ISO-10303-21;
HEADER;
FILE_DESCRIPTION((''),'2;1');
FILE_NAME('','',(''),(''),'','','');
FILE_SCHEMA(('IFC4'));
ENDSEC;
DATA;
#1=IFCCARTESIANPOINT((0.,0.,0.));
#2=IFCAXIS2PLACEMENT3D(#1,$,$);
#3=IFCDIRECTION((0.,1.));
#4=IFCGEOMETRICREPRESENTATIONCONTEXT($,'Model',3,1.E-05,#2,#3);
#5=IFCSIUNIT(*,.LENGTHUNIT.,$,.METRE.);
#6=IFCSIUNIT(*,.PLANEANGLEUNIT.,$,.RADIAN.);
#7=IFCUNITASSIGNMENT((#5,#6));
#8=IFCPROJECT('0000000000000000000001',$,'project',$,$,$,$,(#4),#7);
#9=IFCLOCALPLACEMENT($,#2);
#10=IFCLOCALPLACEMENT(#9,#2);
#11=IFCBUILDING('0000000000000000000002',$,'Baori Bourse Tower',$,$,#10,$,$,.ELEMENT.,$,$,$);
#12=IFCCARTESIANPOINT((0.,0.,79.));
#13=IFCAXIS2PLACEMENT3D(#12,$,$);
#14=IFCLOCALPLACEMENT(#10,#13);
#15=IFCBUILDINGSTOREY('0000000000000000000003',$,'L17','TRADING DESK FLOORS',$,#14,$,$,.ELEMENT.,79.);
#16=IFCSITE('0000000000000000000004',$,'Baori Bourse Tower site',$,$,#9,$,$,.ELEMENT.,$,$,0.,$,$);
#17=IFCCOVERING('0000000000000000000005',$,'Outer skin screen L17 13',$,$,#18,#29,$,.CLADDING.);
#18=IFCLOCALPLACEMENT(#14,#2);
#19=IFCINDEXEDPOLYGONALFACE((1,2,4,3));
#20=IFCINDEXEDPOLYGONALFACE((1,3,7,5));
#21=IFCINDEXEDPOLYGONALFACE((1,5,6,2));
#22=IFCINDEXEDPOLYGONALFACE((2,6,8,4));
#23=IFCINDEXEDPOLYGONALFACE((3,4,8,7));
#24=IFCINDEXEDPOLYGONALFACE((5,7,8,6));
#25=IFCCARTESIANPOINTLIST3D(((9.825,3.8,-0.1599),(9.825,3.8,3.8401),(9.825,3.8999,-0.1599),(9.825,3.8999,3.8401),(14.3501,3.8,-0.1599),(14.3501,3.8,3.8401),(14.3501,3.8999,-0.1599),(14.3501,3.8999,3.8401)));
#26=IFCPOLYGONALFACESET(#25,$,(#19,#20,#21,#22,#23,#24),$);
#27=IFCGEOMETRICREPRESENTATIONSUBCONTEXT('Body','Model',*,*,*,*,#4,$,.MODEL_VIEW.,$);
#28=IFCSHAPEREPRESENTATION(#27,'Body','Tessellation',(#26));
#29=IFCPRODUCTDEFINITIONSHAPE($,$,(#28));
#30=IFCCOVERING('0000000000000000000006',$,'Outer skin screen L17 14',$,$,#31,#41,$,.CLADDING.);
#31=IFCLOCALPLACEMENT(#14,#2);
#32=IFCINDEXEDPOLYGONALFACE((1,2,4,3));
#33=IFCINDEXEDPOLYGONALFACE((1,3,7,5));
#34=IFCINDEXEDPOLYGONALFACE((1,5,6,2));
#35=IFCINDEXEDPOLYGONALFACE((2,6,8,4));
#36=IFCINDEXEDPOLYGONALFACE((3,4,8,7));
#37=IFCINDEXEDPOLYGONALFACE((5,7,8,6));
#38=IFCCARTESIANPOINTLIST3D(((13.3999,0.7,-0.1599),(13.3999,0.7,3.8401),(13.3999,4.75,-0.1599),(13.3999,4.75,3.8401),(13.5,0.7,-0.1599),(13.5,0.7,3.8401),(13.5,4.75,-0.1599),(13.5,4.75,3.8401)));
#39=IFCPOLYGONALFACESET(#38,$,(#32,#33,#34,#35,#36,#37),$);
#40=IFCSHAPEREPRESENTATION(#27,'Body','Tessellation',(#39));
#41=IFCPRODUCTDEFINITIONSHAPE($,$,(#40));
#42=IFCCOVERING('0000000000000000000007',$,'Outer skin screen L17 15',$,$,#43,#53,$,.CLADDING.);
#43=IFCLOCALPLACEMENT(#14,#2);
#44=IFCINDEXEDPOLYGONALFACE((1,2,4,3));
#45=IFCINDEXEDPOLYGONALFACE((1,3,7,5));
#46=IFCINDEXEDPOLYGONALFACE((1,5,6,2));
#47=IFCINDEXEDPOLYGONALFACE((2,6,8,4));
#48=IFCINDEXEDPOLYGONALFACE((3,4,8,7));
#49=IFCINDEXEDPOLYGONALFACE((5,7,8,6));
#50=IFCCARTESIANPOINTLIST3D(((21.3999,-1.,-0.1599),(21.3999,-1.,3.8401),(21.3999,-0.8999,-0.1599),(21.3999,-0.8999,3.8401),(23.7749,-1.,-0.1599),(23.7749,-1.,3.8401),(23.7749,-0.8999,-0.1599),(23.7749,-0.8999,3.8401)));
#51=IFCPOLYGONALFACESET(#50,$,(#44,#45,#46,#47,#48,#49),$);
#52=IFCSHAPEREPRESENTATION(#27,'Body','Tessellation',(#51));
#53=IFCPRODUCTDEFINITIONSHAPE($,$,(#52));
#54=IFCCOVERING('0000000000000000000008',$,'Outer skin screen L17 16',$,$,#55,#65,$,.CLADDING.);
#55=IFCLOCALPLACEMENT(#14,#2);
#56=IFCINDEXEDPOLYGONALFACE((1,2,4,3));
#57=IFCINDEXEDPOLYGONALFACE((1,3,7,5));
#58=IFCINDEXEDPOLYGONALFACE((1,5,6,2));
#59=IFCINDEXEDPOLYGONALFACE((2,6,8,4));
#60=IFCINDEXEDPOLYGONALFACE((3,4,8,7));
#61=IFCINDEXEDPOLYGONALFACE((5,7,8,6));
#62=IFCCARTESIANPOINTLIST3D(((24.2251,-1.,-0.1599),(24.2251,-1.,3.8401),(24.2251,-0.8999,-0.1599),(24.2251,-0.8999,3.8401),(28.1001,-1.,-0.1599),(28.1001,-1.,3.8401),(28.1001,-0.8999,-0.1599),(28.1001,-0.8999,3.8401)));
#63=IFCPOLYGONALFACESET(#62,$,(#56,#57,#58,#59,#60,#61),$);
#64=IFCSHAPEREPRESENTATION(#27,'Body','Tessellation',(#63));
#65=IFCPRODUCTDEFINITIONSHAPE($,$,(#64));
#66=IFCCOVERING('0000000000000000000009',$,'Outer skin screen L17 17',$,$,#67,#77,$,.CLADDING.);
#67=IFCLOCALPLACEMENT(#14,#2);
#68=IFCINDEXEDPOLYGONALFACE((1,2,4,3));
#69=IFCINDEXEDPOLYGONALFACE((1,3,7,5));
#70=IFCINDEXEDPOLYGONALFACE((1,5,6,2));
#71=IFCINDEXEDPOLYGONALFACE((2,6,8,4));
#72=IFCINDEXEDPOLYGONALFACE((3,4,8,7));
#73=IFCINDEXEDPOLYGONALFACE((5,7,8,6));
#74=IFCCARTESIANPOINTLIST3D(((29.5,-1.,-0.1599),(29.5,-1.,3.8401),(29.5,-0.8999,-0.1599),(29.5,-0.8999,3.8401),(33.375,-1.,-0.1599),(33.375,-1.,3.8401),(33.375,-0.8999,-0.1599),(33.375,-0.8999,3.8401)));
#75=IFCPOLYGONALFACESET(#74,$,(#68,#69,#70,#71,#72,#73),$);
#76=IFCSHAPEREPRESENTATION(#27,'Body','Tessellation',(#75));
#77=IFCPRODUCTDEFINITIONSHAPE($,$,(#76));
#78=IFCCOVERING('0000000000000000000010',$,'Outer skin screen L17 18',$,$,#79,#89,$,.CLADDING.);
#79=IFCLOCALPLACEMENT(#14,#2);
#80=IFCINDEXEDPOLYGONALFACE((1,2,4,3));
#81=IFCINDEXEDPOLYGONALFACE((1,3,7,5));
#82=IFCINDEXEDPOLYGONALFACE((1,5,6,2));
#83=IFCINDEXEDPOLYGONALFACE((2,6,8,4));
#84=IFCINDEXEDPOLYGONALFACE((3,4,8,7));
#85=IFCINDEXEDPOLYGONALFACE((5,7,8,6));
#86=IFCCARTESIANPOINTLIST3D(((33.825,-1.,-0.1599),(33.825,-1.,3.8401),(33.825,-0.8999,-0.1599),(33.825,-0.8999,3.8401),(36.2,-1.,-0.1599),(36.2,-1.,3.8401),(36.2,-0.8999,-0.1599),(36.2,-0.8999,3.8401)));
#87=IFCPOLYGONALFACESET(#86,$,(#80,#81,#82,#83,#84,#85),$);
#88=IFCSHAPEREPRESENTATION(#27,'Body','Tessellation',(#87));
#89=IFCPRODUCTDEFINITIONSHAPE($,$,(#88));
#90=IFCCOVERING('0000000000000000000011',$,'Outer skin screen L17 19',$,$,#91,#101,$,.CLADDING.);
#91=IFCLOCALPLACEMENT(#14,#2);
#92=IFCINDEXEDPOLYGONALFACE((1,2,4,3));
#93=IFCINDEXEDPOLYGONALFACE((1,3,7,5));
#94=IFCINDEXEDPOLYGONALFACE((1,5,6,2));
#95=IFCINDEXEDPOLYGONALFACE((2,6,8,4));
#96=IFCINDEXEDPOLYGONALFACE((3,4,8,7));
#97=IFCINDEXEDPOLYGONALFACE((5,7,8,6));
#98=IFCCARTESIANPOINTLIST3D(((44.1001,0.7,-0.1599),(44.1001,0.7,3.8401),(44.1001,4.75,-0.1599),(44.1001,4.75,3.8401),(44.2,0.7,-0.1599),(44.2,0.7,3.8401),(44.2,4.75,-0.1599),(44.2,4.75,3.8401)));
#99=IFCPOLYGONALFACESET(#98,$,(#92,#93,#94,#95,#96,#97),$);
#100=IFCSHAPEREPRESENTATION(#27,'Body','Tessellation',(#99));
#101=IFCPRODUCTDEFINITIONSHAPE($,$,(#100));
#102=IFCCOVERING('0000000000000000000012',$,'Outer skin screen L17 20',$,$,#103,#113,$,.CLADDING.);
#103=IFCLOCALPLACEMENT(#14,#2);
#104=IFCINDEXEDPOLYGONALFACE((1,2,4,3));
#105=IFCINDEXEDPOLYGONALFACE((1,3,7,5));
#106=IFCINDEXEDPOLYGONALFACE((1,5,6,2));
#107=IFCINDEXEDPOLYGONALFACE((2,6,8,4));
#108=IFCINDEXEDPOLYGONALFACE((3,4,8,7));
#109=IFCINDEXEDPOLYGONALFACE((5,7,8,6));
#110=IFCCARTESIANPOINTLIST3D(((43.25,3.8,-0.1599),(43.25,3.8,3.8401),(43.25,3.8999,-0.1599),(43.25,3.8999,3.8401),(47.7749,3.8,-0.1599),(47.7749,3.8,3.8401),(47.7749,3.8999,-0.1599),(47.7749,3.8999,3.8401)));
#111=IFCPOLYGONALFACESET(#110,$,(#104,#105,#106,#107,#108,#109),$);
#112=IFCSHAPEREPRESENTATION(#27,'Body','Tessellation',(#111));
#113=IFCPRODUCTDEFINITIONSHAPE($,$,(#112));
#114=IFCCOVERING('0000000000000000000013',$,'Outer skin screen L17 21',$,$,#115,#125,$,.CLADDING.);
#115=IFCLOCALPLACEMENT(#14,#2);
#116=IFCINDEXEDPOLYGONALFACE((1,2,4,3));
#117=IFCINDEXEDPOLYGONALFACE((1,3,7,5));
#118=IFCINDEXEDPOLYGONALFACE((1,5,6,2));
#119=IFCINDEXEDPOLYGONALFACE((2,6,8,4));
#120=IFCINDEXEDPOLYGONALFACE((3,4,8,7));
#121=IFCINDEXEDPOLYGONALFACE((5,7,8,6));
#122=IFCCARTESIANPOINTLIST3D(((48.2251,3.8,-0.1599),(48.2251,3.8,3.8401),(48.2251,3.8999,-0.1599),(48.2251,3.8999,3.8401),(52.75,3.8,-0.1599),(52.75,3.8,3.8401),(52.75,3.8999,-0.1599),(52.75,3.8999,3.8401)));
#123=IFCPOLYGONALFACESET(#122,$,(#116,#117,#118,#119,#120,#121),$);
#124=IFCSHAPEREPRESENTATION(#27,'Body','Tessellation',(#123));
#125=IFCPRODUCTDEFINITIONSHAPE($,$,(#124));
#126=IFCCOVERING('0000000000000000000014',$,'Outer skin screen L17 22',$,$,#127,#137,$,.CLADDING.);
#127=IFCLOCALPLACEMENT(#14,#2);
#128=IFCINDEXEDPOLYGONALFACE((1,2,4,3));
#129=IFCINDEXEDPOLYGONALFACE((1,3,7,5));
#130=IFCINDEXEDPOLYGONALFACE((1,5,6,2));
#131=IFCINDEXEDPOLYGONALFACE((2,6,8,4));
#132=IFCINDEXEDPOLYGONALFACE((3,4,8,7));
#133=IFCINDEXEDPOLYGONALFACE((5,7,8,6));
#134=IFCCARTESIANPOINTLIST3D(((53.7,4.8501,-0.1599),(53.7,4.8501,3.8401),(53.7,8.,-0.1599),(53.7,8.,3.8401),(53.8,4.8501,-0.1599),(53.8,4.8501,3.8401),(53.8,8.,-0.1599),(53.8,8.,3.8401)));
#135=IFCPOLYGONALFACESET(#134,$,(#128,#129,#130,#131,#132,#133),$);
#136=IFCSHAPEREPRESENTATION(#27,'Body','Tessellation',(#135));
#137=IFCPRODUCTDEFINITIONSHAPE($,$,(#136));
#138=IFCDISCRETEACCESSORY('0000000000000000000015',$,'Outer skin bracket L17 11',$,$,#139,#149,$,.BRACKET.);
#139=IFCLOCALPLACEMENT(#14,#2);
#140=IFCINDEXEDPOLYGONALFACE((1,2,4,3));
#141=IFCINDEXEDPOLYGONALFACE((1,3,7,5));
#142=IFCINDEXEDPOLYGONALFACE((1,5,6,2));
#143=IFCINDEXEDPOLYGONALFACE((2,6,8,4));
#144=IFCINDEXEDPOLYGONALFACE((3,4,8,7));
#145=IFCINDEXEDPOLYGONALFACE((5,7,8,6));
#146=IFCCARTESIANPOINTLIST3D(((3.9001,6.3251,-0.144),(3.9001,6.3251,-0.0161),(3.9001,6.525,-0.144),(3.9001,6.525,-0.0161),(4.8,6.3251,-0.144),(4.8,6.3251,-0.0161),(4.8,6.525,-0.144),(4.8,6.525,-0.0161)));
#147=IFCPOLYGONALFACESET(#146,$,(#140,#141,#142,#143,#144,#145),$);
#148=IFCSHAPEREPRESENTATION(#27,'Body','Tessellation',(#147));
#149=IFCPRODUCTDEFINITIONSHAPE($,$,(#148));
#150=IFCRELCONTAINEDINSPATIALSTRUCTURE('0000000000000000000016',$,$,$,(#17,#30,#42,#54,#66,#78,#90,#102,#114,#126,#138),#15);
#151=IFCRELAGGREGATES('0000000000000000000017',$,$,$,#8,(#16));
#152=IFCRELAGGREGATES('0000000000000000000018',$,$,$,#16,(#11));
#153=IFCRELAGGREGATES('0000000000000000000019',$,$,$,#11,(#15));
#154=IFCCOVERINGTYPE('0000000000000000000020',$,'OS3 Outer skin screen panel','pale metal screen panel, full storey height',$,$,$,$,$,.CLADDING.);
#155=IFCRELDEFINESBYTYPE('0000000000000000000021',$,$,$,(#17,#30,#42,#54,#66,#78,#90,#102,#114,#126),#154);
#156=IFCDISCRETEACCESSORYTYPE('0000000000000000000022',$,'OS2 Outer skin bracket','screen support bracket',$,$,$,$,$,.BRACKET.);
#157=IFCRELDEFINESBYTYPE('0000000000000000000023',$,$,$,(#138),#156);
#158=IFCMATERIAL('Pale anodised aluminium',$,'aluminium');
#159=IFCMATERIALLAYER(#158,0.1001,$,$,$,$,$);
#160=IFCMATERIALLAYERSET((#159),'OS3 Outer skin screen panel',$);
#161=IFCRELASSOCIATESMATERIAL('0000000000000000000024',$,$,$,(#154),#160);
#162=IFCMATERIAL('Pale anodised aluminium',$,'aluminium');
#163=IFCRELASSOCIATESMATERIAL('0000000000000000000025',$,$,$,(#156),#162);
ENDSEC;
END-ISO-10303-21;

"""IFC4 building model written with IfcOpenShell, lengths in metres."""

from ifc_helpers import new_model, si_unit, direction, frame, origin, origin_2d, place, context, subcontext, project, spatial, polyline, rectangle, outline, extrude, material, layer, layer_set, type_object, element, save


model = new_model("IFC4")

# Units and contexts
model_context = context("Model", 3, precision=1e-05, world=origin(), true_north=direction((0.0, 1.0)))
body_context = subcontext(model_context, "Body", "Model", "MODEL_VIEW")
ifc_project = project(units=[si_unit("LENGTHUNIT", "METRE"), si_unit("PLANEANGLEUNIT", "RADIAN")], contexts=[model_context])

# Site, building, storey
site_placement = place(None, origin())
site = spatial("IfcSite", under=ifc_project, at=site_placement, Name="Baori Bourse Tower site", CompositionType="ELEMENT", RefElevation=0.0)
building_placement = place(site_placement, origin())
building = spatial("IfcBuilding", under=site, at=building_placement, Name="Baori Bourse Tower", CompositionType="ELEMENT")
storey_placement = place(building_placement, frame((0.0, 0.0, 79.0)))
storey = spatial("IfcBuildingStorey", under=building, at=storey_placement, Name="L17", Description="TRADING DESK FLOORS", CompositionType="ELEMENT", Elevation=79.0)

# Coverings
ifc_material_1 = material(Name="Pale anodised aluminium", Category="aluminium")
ifc_layer_1 = layer(ifc_material_1, 0.1001)
ifc_layer_set_1 = layer_set([ifc_layer_1], Name="OS3 Outer skin screen panel")
covering_type = type_object("IfcCoveringType", Name="OS3 Outer skin screen panel", Description="pale metal screen panel, full storey height", PredefinedType="CLADDING", material=ifc_layer_set_1)
covering_1_placement = place(storey_placement, frame((0.0, 0.0, -0.1599)))
element("IfcCovering", 1, at=covering_1_placement, inside=storey, type_object=covering_type, Name="Outer skin screen L17 13", PredefinedType="CLADDING", context=body_context, shape_type="SweptSolid", body=[
    extrude(outline(polyline([(14.3501, 3.8999), (9.825, 3.8999), (9.825, 3.8), (14.3501, 3.8), (14.3501, 3.8999)])), origin(), (0.0, 0.0, 1.0), 4.0),
])
covering_2_placement = place(storey_placement, frame((0.0, 0.0, -0.1599)))
element("IfcCovering", 2, at=covering_2_placement, inside=storey, type_object=covering_type, Name="Outer skin screen L17 14", PredefinedType="CLADDING", context=body_context, shape_type="SweptSolid", body=[
    extrude(outline(polyline([(13.5, 0.7), (13.5, 4.75), (13.3999, 4.75), (13.3999, 0.7), (13.5, 0.7)])), origin(), (0.0, 0.0, 1.0), 4.0),
])
covering_3_placement = place(storey_placement, frame((0.0, 0.0, -0.1599)))
element("IfcCovering", 3, at=covering_3_placement, inside=storey, type_object=covering_type, Name="Outer skin screen L17 15", PredefinedType="CLADDING", context=body_context, shape_type="SweptSolid", body=[
    extrude(outline(polyline([(23.7749, -0.8999), (21.3999, -0.8999), (21.3999, -1.0), (23.7749, -1.0), (23.7749, -0.8999)])), origin(), (0.0, 0.0, 1.0), 4.0),
])
covering_4_placement = place(storey_placement, frame((0.0, 0.0, -0.1599)))
element("IfcCovering", 4, at=covering_4_placement, inside=storey, type_object=covering_type, Name="Outer skin screen L17 16", PredefinedType="CLADDING", context=body_context, shape_type="SweptSolid", body=[
    extrude(outline(polyline([(28.1001, -0.8999), (24.2251, -0.8999), (24.2251, -1.0), (28.1001, -1.0), (28.1001, -0.8999)])), origin(), (0.0, 0.0, 1.0), 4.0),
])
covering_5_placement = place(storey_placement, frame((0.0, 0.0, -0.1599)))
element("IfcCovering", 5, at=covering_5_placement, inside=storey, type_object=covering_type, Name="Outer skin screen L17 17", PredefinedType="CLADDING", context=body_context, shape_type="SweptSolid", body=[
    extrude(outline(polyline([(33.375, -0.8999), (29.5, -0.8999), (29.5, -1.0), (33.375, -1.0), (33.375, -0.8999)])), origin(), (0.0, 0.0, 1.0), 4.0),
])
covering_6_placement = place(storey_placement, frame((0.0, 0.0, -0.1599)))
element("IfcCovering", 6, at=covering_6_placement, inside=storey, type_object=covering_type, Name="Outer skin screen L17 18", PredefinedType="CLADDING", context=body_context, shape_type="SweptSolid", body=[
    extrude(outline(polyline([(36.2, -0.8999), (33.825, -0.8999), (33.825, -1.0), (36.2, -1.0), (36.2, -0.8999)])), origin(), (0.0, 0.0, 1.0), 4.0),
])
covering_7_placement = place(storey_placement, frame((0.0, 0.0, -0.1599)))
element("IfcCovering", 7, at=covering_7_placement, inside=storey, type_object=covering_type, Name="Outer skin screen L17 19", PredefinedType="CLADDING", context=body_context, shape_type="SweptSolid", body=[
    extrude(outline(polyline([(44.1001, 4.75), (44.1001, 0.7), (44.2, 0.7), (44.2, 4.75), (44.1001, 4.75)])), origin(), (0.0, 0.0, 1.0), 4.0),
])
covering_8_placement = place(storey_placement, frame((0.0, 0.0, -0.1599)))
element("IfcCovering", 8, at=covering_8_placement, inside=storey, type_object=covering_type, Name="Outer skin screen L17 20", PredefinedType="CLADDING", context=body_context, shape_type="SweptSolid", body=[
    extrude(outline(polyline([(47.7749, 3.8999), (43.25, 3.8999), (43.25, 3.8), (47.7749, 3.8), (47.7749, 3.8999)])), origin(), (0.0, 0.0, 1.0), 4.0),
])
covering_9_placement = place(storey_placement, frame((0.0, 0.0, -0.1599)))
element("IfcCovering", 9, at=covering_9_placement, inside=storey, type_object=covering_type, Name="Outer skin screen L17 21", PredefinedType="CLADDING", context=body_context, shape_type="SweptSolid", body=[
    extrude(outline(polyline([(52.75, 3.8999), (48.2251, 3.8999), (48.2251, 3.8), (52.75, 3.8), (52.75, 3.8999)])), origin(), (0.0, 0.0, 1.0), 4.0),
])
covering_10_placement = place(storey_placement, frame((0.0, 0.0, -0.1599)))
element("IfcCovering", 10, at=covering_10_placement, inside=storey, type_object=covering_type, Name="Outer skin screen L17 22", PredefinedType="CLADDING", context=body_context, shape_type="SweptSolid", body=[
    extrude(outline(polyline([(53.7, 8.0), (53.7, 4.8501), (53.8, 4.8501), (53.8, 8.0), (53.7, 8.0)])), origin(), (0.0, 0.0, 1.0), 4.0),
])

# Discrete accessory
ifc_material_2 = material(Name="Pale anodised aluminium", Category="aluminium")
discrete_accessory_type = type_object("IfcDiscreteAccessoryType", Name="OS2 Outer skin bracket", Description="screen support bracket", PredefinedType="BRACKET", material=ifc_material_2)
discrete_accessory_placement = place(storey_placement, frame((4.3501, 6.425, -0.144), z_axis=(0.0, 0.0, 1.0), x_axis=(0.0, -1.0, 0.0)))
element("IfcDiscreteAccessory", 11, at=discrete_accessory_placement, inside=storey, type_object=discrete_accessory_type, Name="Outer skin bracket L17 11", PredefinedType="BRACKET", context=body_context, shape_type="SweptSolid", body=[
    extrude(rectangle(XDim=0.2, YDim=0.8999, at=origin_2d()), origin(), (0.0, 0.0, 1.0), 0.1279),
])

save(model, "model.ifc")
